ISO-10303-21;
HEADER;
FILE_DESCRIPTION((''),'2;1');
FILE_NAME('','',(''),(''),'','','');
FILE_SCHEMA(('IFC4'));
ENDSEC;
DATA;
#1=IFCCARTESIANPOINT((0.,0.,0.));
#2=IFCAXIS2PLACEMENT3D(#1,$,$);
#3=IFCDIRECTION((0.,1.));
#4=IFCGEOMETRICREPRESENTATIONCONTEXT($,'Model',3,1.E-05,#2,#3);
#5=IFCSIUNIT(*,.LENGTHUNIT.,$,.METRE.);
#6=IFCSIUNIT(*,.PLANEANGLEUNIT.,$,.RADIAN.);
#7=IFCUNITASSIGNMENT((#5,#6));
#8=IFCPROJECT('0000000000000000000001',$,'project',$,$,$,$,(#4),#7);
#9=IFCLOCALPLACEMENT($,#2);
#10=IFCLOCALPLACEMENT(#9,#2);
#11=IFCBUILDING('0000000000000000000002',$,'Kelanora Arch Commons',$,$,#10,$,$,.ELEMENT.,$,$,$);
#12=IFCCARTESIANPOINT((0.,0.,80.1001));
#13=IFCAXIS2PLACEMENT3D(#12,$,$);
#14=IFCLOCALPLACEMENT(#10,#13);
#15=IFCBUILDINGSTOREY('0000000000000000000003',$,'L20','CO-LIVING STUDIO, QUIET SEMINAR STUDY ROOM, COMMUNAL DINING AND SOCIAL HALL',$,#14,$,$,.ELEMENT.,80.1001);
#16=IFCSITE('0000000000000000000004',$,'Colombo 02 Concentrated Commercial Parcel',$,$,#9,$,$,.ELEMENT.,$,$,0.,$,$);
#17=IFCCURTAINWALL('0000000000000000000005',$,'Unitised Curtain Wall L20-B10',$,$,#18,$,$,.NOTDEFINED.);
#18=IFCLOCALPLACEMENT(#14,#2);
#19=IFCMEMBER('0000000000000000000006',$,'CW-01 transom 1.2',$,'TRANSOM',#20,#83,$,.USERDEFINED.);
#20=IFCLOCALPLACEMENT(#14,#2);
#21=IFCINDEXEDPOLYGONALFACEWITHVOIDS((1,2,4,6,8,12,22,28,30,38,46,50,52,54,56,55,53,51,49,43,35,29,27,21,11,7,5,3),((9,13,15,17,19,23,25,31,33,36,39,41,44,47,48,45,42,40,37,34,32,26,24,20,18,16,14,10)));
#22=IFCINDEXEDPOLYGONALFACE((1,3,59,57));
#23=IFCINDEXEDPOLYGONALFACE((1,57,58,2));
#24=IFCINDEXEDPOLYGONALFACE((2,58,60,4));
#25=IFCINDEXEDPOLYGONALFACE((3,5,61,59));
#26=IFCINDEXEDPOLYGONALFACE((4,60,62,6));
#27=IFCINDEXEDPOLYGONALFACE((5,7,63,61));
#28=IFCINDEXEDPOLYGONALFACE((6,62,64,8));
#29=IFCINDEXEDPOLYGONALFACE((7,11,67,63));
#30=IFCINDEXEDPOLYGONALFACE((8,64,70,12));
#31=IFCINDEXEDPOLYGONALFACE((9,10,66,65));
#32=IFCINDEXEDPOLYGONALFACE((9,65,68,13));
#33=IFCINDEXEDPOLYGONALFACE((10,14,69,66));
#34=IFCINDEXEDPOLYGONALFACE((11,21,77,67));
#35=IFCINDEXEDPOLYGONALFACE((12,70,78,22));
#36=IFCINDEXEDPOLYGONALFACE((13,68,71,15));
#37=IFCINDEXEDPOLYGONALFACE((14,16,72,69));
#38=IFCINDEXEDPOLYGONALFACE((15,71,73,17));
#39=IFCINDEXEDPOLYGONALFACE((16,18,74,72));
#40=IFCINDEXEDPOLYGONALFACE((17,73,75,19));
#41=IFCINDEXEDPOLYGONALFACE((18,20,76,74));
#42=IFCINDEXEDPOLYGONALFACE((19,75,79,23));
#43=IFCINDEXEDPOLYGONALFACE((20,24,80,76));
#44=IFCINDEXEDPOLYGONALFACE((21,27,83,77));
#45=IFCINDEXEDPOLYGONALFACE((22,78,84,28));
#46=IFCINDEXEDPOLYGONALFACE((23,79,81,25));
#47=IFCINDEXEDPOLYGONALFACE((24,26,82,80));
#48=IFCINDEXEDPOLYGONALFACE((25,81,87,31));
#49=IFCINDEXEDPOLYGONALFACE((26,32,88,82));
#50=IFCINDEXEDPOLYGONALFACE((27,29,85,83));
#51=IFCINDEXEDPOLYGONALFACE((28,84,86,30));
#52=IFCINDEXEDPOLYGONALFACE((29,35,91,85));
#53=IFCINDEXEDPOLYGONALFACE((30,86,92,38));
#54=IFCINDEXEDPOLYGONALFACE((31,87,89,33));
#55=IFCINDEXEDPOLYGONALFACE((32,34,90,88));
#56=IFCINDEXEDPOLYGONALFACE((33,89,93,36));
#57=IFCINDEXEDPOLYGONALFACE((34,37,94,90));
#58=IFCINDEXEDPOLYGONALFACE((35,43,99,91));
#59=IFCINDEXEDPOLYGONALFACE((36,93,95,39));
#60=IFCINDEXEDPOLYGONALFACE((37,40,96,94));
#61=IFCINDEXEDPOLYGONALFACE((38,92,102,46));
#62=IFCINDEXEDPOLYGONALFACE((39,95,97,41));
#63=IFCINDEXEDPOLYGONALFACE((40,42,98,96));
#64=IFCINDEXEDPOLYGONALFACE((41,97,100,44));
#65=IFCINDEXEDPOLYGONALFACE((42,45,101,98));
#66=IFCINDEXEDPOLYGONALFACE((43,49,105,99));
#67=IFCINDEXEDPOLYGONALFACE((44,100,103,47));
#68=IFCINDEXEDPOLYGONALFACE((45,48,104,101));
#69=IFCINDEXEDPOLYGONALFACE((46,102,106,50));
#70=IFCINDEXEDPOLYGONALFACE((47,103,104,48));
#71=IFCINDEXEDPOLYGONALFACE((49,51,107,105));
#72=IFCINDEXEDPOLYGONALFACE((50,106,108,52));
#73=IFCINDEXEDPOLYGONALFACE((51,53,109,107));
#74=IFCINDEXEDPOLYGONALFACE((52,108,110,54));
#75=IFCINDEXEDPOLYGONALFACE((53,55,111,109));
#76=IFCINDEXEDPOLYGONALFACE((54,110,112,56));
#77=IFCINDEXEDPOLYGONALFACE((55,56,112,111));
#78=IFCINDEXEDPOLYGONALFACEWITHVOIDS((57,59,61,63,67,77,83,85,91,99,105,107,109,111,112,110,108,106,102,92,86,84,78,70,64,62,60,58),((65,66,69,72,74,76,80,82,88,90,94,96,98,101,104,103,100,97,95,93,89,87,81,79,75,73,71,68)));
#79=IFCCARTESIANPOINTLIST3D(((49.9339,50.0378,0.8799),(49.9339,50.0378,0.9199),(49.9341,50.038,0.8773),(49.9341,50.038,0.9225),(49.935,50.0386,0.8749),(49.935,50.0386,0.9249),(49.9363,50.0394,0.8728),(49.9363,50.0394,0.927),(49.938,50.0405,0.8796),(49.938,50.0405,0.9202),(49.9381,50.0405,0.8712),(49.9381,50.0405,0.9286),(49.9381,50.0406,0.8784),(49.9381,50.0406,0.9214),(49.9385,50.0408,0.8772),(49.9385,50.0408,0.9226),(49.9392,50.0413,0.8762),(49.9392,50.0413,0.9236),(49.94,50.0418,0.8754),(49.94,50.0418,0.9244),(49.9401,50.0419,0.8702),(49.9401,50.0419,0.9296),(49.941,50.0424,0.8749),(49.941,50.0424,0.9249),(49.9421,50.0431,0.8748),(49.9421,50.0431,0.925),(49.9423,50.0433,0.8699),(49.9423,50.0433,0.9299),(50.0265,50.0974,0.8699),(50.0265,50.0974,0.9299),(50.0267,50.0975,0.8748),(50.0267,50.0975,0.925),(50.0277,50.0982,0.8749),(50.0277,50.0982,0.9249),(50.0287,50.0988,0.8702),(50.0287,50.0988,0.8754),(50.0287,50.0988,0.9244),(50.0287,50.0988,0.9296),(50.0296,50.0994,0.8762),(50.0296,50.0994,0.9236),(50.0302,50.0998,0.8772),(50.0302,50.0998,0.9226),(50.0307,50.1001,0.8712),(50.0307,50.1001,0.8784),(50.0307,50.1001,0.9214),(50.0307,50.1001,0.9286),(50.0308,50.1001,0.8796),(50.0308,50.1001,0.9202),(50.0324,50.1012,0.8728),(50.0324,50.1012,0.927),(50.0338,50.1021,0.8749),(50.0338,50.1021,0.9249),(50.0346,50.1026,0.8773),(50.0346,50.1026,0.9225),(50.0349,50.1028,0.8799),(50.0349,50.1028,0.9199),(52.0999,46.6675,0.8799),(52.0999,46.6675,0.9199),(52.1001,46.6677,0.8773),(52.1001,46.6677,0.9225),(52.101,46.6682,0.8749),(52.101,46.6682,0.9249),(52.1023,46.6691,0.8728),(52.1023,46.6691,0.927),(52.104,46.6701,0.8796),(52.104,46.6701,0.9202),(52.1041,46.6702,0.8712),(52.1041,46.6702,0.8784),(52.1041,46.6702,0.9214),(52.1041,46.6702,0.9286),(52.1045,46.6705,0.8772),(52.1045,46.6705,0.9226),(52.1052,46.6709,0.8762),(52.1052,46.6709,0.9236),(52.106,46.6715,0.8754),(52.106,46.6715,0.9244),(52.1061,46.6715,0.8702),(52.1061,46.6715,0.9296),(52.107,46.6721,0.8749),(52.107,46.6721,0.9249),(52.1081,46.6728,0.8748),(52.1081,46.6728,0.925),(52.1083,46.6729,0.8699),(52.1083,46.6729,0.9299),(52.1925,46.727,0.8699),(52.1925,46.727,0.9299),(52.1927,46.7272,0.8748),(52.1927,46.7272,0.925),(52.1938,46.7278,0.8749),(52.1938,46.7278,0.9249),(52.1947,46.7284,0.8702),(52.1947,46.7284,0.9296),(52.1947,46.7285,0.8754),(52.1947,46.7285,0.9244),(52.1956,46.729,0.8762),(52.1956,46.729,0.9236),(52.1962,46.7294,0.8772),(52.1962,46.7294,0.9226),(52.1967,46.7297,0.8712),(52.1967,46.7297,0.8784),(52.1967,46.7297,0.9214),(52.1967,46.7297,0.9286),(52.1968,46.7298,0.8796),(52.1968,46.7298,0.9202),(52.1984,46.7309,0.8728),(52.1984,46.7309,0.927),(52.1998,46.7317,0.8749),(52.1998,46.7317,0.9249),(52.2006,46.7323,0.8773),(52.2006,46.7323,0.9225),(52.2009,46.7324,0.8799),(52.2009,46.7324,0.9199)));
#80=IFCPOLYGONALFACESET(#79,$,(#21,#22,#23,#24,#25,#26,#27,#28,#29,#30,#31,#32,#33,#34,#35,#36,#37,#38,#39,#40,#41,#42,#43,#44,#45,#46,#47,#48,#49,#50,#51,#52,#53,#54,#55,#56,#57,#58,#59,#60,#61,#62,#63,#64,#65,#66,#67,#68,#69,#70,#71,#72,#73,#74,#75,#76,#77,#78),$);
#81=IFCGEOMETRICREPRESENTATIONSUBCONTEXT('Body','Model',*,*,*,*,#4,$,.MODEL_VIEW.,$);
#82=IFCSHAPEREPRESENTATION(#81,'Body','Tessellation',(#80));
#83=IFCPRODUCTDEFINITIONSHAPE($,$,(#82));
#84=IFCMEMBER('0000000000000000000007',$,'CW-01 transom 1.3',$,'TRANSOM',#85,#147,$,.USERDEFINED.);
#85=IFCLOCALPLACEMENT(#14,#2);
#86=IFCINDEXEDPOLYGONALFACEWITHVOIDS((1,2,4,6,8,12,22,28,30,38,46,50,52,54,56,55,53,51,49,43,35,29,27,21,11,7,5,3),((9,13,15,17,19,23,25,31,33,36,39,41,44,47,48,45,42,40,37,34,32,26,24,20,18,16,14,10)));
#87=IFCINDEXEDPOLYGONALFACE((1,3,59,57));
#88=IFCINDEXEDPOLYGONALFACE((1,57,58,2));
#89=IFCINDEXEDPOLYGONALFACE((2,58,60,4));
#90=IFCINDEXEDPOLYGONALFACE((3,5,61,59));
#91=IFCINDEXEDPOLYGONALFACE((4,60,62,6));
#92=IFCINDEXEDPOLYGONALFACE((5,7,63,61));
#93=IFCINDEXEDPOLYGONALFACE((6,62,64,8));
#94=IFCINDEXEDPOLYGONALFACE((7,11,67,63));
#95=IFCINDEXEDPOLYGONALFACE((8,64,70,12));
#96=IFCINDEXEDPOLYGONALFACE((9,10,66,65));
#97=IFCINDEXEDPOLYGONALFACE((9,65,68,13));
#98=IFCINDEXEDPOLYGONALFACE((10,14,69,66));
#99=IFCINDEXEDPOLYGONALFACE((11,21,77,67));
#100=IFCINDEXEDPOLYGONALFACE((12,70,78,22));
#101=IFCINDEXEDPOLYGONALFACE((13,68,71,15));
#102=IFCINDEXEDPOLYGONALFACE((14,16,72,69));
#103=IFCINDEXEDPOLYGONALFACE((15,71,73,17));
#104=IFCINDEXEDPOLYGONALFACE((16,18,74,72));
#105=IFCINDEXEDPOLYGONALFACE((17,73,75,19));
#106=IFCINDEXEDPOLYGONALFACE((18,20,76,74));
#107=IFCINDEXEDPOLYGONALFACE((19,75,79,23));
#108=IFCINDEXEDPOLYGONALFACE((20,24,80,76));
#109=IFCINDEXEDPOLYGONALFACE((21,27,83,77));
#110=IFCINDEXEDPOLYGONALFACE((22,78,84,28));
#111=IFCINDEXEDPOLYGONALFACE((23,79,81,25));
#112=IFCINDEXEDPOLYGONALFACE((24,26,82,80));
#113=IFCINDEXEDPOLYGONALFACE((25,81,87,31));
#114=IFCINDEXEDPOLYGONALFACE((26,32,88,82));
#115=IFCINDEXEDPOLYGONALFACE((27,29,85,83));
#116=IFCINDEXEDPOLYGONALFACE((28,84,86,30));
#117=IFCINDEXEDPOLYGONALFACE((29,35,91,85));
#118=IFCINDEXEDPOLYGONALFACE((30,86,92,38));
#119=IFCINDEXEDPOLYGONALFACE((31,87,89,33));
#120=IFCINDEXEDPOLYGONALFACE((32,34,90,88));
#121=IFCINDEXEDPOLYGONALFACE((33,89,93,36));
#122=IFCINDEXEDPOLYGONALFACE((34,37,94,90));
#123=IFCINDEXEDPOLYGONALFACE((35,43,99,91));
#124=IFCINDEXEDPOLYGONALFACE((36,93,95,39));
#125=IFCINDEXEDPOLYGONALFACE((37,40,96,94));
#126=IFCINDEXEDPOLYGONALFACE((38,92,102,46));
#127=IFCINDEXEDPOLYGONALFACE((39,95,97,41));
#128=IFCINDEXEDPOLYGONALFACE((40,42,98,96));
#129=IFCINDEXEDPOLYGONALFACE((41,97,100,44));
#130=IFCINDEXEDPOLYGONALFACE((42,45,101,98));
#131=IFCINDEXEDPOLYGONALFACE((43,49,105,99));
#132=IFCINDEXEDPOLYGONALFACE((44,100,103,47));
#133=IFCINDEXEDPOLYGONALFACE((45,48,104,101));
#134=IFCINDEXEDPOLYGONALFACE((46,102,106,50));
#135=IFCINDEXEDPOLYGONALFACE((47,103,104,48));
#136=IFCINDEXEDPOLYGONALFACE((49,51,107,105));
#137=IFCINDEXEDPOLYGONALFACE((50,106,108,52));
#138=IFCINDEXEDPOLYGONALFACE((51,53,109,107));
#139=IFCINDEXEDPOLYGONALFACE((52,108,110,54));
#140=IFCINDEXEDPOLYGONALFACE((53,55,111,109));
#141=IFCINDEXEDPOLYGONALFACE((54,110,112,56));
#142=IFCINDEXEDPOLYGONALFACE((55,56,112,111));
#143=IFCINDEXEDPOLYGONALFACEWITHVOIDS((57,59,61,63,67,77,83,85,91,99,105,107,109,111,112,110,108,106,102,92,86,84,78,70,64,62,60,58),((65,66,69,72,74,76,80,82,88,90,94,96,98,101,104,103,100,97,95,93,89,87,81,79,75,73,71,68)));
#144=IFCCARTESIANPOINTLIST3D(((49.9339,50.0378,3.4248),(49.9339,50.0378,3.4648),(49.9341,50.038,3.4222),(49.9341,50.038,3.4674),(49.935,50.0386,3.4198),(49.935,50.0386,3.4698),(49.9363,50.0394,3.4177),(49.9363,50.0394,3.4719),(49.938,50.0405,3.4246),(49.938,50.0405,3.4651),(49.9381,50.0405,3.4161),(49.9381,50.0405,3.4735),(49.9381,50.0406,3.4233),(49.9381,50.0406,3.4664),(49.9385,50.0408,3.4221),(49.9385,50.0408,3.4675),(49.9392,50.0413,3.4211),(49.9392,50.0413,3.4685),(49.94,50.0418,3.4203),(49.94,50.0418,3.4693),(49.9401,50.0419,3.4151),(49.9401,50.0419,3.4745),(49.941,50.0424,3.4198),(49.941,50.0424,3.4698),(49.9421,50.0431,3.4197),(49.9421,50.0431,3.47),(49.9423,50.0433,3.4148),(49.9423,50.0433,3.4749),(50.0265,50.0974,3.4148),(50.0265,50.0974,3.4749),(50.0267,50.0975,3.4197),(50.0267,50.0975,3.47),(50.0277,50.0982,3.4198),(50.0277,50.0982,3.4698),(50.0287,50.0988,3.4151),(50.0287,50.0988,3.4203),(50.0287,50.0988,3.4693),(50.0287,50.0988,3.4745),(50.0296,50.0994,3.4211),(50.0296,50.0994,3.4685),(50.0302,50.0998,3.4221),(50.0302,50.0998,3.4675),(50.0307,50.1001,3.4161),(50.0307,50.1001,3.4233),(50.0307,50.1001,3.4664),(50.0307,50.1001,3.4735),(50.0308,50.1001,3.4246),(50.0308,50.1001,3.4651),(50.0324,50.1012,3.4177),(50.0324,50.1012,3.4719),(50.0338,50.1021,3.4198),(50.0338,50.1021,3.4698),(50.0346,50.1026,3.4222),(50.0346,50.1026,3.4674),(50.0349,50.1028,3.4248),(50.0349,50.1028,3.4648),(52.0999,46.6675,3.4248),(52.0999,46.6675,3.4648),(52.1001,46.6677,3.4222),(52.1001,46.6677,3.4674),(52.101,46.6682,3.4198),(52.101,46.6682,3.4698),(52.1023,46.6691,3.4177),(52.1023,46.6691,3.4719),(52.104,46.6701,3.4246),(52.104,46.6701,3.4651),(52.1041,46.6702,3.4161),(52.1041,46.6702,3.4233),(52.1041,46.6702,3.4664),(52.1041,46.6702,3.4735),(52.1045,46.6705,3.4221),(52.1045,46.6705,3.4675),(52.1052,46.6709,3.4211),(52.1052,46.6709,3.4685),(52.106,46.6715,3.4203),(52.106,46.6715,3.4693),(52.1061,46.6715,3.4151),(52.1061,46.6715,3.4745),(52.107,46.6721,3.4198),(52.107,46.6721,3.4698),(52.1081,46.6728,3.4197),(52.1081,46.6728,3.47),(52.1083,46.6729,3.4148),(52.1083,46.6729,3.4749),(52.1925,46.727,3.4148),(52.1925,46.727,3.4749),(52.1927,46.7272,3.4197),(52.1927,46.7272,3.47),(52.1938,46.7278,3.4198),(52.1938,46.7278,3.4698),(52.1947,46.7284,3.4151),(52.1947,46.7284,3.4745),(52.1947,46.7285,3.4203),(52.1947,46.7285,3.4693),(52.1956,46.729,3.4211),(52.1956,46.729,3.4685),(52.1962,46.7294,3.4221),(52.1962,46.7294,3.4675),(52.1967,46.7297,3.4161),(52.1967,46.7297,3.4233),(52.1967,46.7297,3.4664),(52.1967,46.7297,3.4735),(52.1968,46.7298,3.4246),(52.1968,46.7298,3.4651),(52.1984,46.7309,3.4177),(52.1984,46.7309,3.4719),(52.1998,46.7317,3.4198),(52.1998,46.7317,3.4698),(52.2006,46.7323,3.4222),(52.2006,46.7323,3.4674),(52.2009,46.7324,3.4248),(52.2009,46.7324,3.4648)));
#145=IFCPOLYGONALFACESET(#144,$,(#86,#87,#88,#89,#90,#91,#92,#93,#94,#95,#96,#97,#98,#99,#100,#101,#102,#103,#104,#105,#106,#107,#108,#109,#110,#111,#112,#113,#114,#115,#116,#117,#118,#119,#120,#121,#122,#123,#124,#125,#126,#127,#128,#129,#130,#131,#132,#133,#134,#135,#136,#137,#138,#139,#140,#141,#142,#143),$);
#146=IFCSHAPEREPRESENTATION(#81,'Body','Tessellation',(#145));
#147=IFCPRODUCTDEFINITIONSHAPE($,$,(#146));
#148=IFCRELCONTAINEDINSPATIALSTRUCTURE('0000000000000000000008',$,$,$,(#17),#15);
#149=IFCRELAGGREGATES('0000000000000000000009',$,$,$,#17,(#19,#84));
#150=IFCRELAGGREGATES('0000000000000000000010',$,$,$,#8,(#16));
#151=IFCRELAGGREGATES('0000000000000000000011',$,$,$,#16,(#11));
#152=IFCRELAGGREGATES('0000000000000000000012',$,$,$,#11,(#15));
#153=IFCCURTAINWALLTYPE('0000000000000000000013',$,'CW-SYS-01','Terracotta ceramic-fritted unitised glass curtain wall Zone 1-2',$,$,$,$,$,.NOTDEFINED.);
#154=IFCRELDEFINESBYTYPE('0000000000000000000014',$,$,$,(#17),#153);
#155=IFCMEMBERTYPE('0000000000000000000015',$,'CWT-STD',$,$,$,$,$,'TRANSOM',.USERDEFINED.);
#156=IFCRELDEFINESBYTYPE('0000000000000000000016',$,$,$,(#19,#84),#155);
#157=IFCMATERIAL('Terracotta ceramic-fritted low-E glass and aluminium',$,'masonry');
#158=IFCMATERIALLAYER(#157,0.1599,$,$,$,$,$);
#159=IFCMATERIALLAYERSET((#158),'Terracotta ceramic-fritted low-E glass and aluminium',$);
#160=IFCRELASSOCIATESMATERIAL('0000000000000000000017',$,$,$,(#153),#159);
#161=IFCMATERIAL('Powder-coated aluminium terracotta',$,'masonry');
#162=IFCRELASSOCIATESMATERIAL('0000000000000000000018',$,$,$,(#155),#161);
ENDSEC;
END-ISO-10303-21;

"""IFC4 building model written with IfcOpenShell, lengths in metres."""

from ifc_helpers import new_model, si_unit, direction, frame, origin, origin_2d, place, context, subcontext, project, spatial, hollow_rectangle, extrude, material, layer, layer_set, material_profile, profile_set, type_object, element, aggregate, save


model = new_model("IFC4")

# Units and contexts
model_context = context("Model", 3, precision=1e-05, world=origin(), true_north=direction((0.0, 1.0)))
body_context = subcontext(model_context, "Body", "Model", "MODEL_VIEW")
ifc_project = project(units=[si_unit("LENGTHUNIT", "METRE"), si_unit("PLANEANGLEUNIT", "RADIAN")], contexts=[model_context])

# Site, building, storey
site_placement = place(None, origin())
site = spatial("IfcSite", under=ifc_project, at=site_placement, Name="Colombo 02 Concentrated Commercial Parcel", CompositionType="ELEMENT", RefElevation=0.0)
building_placement = place(site_placement, origin())
building = spatial("IfcBuilding", under=site, at=building_placement, Name="Kelanora Arch Commons", CompositionType="ELEMENT")
storey_placement = place(building_placement, frame((0.0, 0.0, 80.1001)))
storey = spatial("IfcBuildingStorey", under=building, at=storey_placement, Name="L20", Description="CO-LIVING STUDIO, QUIET SEMINAR STUDY ROOM, COMMUNAL DINING AND SOCIAL HALL", CompositionType="ELEMENT", Elevation=80.1001)

# Curtain wall, members
ifc_material_1 = material(Name="Terracotta ceramic-fritted low-E glass and aluminium", Category="masonry")
ifc_layer_1 = layer(ifc_material_1, 0.1599)
ifc_layer_set_1 = layer_set([ifc_layer_1], Name="Terracotta ceramic-fritted low-E glass and aluminium")
curtain_wall_type = type_object("IfcCurtainWallType", Name="CW-SYS-01", Description="Terracotta ceramic-fritted unitised glass curtain wall Zone 1-2", PredefinedType="NOTDEFINED", material=ifc_layer_set_1)
curtain_wall_placement = place(storey_placement, origin())
curtain_wall = element("IfcCurtainWall", 1, at=curtain_wall_placement, inside=storey, type_object=curtain_wall_type, Name="Unitised Curtain Wall L20-B10", PredefinedType="NOTDEFINED")
ifc_material_2 = material(Name="Powder-coated aluminium terracotta", Category="masonry")
ifc_material_profile_1 = material_profile(ifc_material_2, hollow_rectangle(XDim=0.1201, YDim=0.0601, WallThickness=0.0049, InnerFilletRadius=0.0049, OuterFilletRadius=0.01, at=origin_2d()), Name="CWT120x60")
ifc_profile_set_1 = profile_set([ifc_material_profile_1], Name="Powder-coated aluminium terracotta")
member_type_1 = type_object("IfcMemberType", Name="CWT-STD", ElementType="TRANSOM", PredefinedType="USERDEFINED", material=ifc_profile_set_1)
member_1_placement = place(storey_placement, frame((49.9844, 50.0703, 0.8999), z_axis=(0.540644, -0.841252, 0.0), x_axis=(0.841252, 0.540644, 0.0)))
member_1 = element("IfcMember", 2, at=member_1_placement, type_object=member_type_1, Name="CW-01 transom 1.2", ObjectType="TRANSOM", PredefinedType="USERDEFINED", context=body_context, shape_type="SweptSolid", body=[
    extrude(hollow_rectangle(XDim=0.1201, YDim=0.0601, WallThickness=0.0049, InnerFilletRadius=0.0049, OuterFilletRadius=0.01, at=origin_2d()), origin(), (0.0, 0.0, 1.0), 4.0063),
])
member_2_placement = place(storey_placement, frame((49.9844, 50.0703, 3.4448), z_axis=(0.540644, -0.841252, 0.0), x_axis=(0.841252, 0.540644, 0.0)))
member_2 = element("IfcMember", 3, at=member_2_placement, type_object=member_type_1, Name="CW-01 transom 1.3", ObjectType="TRANSOM", PredefinedType="USERDEFINED", context=body_context, shape_type="SweptSolid", body=[
    extrude(hollow_rectangle(XDim=0.1201, YDim=0.0601, WallThickness=0.0049, InnerFilletRadius=0.0049, OuterFilletRadius=0.01, at=origin_2d()), origin(), (0.0, 0.0, 1.0), 4.0063),
])

aggregate(curtain_wall, [member_1, member_2])

save(model, "model.ifc")
